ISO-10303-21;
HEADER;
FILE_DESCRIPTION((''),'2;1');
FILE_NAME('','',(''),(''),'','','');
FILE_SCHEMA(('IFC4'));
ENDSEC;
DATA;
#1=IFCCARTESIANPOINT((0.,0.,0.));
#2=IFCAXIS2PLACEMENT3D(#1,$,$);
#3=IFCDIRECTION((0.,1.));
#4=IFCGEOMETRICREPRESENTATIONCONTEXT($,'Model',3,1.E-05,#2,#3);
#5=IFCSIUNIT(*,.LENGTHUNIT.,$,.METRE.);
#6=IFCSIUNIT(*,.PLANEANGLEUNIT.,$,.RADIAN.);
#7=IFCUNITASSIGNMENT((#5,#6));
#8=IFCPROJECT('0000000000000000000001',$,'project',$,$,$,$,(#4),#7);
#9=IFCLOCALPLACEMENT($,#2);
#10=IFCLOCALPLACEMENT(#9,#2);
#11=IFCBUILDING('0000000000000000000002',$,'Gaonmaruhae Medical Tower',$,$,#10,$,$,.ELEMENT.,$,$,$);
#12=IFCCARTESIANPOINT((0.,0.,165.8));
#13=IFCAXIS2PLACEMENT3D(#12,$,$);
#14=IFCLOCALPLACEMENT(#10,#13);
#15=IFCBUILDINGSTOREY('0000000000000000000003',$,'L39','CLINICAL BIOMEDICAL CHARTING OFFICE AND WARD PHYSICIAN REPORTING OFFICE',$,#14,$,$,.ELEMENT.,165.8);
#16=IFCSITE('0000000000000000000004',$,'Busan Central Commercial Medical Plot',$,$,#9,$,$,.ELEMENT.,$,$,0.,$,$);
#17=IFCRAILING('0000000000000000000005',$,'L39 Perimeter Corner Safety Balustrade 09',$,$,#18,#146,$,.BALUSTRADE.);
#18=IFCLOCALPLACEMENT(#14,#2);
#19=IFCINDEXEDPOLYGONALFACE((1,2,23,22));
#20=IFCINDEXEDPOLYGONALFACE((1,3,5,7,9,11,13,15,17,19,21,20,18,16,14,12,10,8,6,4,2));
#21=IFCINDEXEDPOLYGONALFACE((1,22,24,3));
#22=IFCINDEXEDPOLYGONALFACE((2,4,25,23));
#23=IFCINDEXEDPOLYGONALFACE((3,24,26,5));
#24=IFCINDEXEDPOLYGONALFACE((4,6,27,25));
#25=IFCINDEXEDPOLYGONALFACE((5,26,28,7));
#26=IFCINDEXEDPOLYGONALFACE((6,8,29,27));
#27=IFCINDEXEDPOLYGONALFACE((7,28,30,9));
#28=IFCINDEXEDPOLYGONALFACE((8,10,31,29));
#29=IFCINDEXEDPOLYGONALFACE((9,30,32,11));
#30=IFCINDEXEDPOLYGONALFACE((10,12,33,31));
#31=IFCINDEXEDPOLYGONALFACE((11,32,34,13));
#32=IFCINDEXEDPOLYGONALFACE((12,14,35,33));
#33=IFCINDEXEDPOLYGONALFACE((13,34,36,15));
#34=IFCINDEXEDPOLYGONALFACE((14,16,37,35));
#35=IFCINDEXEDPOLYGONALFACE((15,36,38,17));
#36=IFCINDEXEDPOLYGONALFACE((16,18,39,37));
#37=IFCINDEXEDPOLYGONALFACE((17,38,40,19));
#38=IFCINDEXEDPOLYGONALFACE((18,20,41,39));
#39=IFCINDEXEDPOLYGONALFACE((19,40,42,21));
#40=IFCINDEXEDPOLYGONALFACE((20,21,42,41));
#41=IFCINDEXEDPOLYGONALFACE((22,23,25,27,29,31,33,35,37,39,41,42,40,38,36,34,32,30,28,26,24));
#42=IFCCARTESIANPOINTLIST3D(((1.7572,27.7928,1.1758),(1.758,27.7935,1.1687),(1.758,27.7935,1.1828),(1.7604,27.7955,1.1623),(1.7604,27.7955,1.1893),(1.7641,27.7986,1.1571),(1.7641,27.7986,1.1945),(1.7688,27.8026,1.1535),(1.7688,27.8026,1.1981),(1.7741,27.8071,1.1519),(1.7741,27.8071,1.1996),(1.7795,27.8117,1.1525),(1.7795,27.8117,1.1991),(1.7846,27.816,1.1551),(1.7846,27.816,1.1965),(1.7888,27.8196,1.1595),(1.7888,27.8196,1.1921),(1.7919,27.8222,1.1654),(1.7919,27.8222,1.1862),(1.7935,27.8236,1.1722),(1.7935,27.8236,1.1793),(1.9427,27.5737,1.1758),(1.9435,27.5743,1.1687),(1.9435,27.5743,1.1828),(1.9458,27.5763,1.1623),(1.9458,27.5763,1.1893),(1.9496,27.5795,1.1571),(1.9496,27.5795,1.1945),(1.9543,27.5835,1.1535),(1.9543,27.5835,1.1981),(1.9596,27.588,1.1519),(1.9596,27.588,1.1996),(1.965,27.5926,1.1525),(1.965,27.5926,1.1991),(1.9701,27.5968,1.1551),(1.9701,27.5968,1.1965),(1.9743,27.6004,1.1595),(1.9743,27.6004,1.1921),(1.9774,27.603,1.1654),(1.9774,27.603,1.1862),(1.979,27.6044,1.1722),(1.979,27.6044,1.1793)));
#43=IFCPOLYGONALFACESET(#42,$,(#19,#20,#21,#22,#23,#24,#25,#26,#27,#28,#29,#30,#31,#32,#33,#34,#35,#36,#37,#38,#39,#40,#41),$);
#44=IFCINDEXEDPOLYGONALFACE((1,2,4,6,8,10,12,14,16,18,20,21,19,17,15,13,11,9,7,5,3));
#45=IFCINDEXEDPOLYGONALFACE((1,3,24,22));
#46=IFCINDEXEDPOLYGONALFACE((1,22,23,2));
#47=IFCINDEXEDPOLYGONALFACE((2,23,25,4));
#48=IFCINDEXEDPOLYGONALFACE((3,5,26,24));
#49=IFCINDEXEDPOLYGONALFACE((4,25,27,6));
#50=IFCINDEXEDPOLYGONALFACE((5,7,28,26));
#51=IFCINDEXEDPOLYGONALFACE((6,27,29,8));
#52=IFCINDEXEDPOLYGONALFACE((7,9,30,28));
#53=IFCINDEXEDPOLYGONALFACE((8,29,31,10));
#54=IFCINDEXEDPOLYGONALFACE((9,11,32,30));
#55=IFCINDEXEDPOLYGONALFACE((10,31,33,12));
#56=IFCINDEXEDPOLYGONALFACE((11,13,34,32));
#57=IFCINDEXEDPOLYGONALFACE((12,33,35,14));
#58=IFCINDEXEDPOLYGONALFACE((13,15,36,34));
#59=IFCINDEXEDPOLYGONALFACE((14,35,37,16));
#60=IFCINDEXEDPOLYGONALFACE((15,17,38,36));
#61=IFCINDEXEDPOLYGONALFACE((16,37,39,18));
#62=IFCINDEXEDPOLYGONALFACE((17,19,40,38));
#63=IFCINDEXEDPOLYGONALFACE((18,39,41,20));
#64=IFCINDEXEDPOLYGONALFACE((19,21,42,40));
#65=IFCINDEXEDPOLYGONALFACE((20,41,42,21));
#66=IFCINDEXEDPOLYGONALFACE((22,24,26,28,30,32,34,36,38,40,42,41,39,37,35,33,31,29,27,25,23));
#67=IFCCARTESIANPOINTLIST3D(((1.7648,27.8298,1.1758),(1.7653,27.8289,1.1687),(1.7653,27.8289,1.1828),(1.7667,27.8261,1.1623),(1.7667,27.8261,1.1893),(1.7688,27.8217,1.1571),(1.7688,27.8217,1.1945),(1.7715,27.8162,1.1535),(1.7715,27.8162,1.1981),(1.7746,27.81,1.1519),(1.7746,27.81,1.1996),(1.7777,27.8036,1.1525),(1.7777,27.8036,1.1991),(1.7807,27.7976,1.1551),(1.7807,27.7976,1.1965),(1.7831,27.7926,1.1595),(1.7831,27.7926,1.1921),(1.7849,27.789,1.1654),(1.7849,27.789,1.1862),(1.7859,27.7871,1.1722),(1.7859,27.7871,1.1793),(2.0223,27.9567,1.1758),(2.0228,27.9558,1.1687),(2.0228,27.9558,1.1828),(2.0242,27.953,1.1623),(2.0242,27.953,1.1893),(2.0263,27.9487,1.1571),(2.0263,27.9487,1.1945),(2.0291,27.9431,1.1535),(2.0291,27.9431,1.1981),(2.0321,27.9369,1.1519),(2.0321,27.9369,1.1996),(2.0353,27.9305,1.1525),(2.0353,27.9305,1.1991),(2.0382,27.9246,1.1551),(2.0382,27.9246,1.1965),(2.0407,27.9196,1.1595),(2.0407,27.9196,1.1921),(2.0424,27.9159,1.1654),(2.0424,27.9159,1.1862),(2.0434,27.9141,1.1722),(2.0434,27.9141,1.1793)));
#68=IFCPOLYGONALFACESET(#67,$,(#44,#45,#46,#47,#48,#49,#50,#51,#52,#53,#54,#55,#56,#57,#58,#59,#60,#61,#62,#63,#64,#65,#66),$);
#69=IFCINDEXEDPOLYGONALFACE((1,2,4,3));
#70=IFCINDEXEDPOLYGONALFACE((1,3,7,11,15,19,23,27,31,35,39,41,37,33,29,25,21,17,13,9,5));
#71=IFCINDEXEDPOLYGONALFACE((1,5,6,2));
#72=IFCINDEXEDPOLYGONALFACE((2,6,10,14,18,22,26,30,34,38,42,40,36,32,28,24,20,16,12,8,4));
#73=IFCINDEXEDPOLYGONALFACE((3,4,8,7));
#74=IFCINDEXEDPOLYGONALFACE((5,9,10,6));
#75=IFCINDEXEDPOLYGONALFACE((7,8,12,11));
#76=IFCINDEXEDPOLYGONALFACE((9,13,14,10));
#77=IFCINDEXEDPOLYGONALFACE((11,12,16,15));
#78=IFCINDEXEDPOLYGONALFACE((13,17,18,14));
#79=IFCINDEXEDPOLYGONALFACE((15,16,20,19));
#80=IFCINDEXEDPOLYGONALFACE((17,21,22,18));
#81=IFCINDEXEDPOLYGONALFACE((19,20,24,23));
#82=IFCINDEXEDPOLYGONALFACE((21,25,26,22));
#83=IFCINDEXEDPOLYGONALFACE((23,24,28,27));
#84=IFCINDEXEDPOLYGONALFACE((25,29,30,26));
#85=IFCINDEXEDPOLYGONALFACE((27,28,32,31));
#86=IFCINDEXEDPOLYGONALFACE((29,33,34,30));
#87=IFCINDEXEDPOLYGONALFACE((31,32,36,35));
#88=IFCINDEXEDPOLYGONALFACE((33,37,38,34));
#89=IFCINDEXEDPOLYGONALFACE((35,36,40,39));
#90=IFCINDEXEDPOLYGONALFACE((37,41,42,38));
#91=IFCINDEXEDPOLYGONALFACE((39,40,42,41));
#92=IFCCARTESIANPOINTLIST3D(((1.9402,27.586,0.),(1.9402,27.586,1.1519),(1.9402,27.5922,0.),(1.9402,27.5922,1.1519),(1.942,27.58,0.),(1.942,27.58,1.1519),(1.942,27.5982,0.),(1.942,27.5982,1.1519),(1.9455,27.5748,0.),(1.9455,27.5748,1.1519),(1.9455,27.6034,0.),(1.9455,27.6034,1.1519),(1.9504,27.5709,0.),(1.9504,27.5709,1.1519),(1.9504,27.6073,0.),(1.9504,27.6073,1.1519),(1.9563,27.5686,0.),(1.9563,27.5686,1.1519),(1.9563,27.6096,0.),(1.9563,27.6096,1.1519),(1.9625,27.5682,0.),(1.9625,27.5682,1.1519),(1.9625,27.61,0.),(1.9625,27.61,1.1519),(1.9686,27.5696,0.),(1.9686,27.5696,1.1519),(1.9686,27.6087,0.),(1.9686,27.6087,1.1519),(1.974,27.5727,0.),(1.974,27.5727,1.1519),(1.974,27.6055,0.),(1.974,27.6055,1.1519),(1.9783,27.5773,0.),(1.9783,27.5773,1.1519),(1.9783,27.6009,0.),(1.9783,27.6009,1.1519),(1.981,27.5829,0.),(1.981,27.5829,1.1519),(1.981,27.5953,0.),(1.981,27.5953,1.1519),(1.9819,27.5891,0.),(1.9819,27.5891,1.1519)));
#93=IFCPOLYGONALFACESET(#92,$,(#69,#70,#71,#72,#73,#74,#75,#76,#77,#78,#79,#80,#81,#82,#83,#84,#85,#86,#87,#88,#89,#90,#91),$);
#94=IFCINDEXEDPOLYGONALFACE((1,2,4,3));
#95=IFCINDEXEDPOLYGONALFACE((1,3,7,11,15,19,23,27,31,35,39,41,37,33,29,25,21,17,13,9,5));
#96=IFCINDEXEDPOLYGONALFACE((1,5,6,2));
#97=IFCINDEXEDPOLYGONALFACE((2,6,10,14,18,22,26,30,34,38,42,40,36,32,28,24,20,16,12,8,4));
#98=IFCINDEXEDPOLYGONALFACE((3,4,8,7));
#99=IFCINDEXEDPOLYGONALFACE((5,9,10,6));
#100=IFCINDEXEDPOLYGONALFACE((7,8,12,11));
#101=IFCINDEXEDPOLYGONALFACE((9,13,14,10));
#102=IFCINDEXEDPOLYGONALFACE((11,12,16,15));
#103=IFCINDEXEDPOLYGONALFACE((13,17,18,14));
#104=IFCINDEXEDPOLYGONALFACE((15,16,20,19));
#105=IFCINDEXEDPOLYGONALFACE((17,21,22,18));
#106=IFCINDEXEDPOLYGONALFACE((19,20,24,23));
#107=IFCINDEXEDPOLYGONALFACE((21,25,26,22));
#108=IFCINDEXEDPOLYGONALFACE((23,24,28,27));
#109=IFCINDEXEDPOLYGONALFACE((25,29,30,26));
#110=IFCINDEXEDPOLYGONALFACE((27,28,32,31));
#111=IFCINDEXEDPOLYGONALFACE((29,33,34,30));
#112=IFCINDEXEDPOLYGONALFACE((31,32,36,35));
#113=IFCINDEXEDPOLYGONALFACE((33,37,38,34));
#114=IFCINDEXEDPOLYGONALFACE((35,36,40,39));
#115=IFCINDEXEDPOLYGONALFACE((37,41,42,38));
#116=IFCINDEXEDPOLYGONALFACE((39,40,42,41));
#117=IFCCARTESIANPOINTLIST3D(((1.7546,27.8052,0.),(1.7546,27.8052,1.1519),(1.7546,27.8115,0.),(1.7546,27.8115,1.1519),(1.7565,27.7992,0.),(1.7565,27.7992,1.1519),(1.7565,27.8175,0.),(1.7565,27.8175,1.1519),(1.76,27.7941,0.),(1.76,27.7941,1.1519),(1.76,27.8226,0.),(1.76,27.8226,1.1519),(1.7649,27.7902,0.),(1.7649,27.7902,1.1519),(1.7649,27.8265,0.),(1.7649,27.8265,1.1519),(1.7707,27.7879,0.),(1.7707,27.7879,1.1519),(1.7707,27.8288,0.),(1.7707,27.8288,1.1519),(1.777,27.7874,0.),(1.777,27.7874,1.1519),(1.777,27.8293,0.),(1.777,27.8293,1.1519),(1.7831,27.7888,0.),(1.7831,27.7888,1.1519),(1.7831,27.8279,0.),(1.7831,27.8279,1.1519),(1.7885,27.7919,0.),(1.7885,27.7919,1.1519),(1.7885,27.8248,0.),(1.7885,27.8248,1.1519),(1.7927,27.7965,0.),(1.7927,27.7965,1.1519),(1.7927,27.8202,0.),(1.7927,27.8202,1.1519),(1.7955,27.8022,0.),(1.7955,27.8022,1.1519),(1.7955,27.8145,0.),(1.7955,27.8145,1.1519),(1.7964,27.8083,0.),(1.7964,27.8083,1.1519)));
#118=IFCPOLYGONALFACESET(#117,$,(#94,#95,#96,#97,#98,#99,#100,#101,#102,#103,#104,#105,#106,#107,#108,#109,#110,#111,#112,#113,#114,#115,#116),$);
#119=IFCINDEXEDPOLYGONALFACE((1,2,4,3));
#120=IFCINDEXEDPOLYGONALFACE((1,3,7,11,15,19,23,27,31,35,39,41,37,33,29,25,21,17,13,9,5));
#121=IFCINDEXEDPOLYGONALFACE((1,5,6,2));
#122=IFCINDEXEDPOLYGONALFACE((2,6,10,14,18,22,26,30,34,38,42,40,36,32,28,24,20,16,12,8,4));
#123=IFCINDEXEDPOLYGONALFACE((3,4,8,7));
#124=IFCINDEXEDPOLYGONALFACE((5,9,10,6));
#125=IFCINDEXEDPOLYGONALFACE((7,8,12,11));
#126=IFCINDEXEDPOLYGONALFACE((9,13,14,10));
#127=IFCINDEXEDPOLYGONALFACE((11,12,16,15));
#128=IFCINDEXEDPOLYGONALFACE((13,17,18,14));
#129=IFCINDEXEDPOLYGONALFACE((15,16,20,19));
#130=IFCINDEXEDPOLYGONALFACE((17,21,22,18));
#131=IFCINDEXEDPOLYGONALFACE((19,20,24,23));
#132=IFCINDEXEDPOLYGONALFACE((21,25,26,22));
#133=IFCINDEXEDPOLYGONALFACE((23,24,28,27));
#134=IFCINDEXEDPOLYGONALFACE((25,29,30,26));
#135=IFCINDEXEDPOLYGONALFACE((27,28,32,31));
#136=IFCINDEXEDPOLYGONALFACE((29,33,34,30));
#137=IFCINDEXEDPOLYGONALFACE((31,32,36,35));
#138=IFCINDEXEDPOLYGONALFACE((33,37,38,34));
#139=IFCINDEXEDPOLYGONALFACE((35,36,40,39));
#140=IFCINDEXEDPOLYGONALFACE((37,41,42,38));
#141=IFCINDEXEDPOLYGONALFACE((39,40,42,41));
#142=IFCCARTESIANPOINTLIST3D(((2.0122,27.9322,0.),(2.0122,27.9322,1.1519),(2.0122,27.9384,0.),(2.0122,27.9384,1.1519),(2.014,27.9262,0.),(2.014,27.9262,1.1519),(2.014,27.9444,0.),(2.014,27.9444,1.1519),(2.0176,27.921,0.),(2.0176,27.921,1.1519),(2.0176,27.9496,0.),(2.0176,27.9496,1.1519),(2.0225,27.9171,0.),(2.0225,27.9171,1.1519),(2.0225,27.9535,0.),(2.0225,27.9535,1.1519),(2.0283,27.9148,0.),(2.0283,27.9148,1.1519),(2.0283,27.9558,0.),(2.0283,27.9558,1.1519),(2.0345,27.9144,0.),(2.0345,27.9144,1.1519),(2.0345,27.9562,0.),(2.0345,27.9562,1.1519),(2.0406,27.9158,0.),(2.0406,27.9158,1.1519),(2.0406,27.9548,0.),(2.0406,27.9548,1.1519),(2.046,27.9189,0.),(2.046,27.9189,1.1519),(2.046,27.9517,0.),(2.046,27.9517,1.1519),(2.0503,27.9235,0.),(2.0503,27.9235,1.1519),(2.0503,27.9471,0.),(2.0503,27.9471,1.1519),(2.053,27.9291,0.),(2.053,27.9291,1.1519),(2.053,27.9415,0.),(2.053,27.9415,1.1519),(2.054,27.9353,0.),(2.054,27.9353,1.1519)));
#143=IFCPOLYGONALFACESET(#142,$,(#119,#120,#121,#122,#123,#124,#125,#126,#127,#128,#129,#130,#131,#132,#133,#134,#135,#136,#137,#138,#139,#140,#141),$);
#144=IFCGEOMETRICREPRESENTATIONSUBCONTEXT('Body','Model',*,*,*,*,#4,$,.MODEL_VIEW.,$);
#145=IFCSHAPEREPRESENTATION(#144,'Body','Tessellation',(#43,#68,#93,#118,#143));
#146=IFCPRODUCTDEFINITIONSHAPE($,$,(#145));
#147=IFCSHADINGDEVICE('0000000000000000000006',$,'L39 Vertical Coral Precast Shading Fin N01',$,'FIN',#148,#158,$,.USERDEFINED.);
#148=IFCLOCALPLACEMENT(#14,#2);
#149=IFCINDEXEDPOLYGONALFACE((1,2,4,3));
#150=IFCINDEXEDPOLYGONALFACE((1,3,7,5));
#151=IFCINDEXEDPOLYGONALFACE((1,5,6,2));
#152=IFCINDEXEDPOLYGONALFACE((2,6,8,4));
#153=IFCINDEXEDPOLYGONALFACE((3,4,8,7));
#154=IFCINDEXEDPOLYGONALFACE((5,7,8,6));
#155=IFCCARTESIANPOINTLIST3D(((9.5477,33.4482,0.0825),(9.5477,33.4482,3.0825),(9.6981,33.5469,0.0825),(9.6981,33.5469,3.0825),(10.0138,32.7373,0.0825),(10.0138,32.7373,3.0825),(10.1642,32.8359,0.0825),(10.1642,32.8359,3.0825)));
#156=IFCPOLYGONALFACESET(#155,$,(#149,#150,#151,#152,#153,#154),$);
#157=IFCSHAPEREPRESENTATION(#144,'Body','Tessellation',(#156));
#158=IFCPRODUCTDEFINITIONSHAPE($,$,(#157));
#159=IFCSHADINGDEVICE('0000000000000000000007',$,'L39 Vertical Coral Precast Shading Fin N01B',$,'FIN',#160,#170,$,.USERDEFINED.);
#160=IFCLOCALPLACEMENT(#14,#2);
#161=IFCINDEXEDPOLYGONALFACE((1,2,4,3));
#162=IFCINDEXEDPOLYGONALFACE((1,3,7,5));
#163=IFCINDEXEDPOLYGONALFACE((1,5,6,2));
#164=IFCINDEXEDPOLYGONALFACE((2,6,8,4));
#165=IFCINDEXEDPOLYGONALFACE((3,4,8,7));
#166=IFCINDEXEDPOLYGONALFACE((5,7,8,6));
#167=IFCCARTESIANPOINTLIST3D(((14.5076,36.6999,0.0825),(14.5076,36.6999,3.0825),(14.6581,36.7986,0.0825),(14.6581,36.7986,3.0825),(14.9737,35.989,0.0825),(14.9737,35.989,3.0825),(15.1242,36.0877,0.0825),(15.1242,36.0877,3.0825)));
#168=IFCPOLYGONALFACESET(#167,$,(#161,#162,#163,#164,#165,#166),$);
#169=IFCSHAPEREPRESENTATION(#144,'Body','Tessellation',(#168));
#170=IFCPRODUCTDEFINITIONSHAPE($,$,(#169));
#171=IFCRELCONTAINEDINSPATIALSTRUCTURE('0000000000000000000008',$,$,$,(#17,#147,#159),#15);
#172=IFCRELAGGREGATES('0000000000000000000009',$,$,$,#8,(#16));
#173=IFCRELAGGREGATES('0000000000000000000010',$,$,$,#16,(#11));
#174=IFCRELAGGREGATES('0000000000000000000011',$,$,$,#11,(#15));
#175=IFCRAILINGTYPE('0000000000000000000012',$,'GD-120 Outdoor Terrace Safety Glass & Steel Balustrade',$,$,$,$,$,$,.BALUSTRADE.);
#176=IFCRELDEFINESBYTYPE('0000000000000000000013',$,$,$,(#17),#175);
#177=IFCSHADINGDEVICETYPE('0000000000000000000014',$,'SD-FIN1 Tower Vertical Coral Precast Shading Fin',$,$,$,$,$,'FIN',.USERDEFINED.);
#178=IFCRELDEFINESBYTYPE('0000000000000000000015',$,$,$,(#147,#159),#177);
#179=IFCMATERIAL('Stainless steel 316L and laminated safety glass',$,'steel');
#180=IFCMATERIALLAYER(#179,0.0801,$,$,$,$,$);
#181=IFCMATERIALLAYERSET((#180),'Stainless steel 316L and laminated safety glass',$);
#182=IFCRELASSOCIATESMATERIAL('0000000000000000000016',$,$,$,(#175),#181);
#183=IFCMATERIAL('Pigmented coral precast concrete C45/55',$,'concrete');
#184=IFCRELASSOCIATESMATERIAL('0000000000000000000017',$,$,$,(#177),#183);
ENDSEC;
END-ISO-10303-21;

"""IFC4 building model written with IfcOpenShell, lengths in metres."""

from ifc_helpers import new_model, si_unit, direction, frame, origin, origin_2d, place, context, subcontext, project, spatial, rectangle, circle, extrude, material, layer, layer_set, type_object, element, save


model = new_model("IFC4")

# Units and contexts
model_context = context("Model", 3, precision=1e-05, world=origin(), true_north=direction((0.0, 1.0)))
body_context = subcontext(model_context, "Body", "Model", "MODEL_VIEW")
ifc_project = project(units=[si_unit("LENGTHUNIT", "METRE"), si_unit("PLANEANGLEUNIT", "RADIAN")], contexts=[model_context])

# Site, building, storey
site_placement = place(None, origin())
site = spatial("IfcSite", under=ifc_project, at=site_placement, Name="Busan Central Commercial Medical Plot", CompositionType="ELEMENT", RefElevation=0.0)
building_placement = place(site_placement, origin())
building = spatial("IfcBuilding", under=site, at=building_placement, Name="Gaonmaruhae Medical Tower", CompositionType="ELEMENT")
storey_placement = place(building_placement, frame((0.0, 0.0, 165.8)))
storey = spatial("IfcBuildingStorey", under=building, at=storey_placement, Name="L39", Description="CLINICAL BIOMEDICAL CHARTING OFFICE AND WARD PHYSICIAN REPORTING OFFICE", CompositionType="ELEMENT", Elevation=165.8)

# Railing
ifc_material_1 = material(Name="Stainless steel 316L and laminated safety glass", Category="steel")
ifc_layer_1 = layer(ifc_material_1, 0.0801)
ifc_layer_set_1 = layer_set([ifc_layer_1], Name="Stainless steel 316L and laminated safety glass")
railing_type = type_object("IfcRailingType", Name="GD-120 Outdoor Terrace Safety Glass & Steel Balustrade", PredefinedType="BALUSTRADE", material=ifc_layer_set_1)
railing_1_placement = place(storey_placement, frame((1.9609, 27.5891, 0.0)))
element("IfcRailing", 1, at=railing_1_placement, inside=storey, type_object=railing_type, Name="L39 Perimeter Corner Safety Balustrade 09", PredefinedType="BALUSTRADE", context=body_context, shape_type="SweptSolid", body=[
    extrude(circle(Radius=0.0239, at=origin_2d()), frame((0.0, 0.0, 1.1758), z_axis=(-0.646018, 0.763322, 0.0), x_axis=(-0.763322, -0.646018, 0.0)), (0.0, 0.0, 1.0), 0.2871),
    extrude(circle(Radius=0.0239, at=origin_2d()), frame((-0.1855, 0.2192, 1.1758), z_axis=(0.896963, 0.442105, 0.0), x_axis=(-0.442105, 0.896963, 0.0)), (0.0, 0.0, 1.0), 0.2871),
    extrude(circle(Radius=0.021, at=origin_2d()), origin(), (0.0, 0.0, 1.0), 1.1519),
    extrude(circle(Radius=0.021, at=origin_2d()), frame((-0.1855, 0.2192, 0.0)), (0.0, 0.0, 1.0), 1.1519),
    extrude(circle(Radius=0.021, at=origin_2d()), frame((0.072, 0.3462, 0.0)), (0.0, 0.0, 1.0), 1.1519),
])

# Shading devices
ifc_material_2 = material(Name="Pigmented coral precast concrete C45/55", Category="concrete")
shading_device_type = type_object("IfcShadingDeviceType", Name="SD-FIN1 Tower Vertical Coral Precast Shading Fin", ElementType="FIN", PredefinedType="USERDEFINED", material=ifc_material_2)
for number, where, z_axis, x_axis, name in (
    (2, (9.856, 33.1421, 0.0825), (0.0, 0.0, 1.0), (0.836296, 0.548279, 0.0), "L39 Vertical Coral Precast Shading Fin N01"),
    (3, (14.8159, 36.3938, 0.0825), (0.0, 0.0, 1.0), (0.836296, 0.548279, 0.0), "L39 Vertical Coral Precast Shading Fin N01B"),
):
    element("IfcShadingDevice", number, at=place(storey_placement, frame(where, z_axis=z_axis, x_axis=x_axis)), inside=storey, type_object=shading_device_type, Name=name, ObjectType="FIN", PredefinedType="USERDEFINED", context=body_context, shape_type="SweptSolid", body=[
        extrude(rectangle(XDim=0.1799, YDim=0.8501, at=origin_2d()), origin(), (0.0, 0.0, 1.0), 3.0),
    ])

save(model, "model.ifc")
